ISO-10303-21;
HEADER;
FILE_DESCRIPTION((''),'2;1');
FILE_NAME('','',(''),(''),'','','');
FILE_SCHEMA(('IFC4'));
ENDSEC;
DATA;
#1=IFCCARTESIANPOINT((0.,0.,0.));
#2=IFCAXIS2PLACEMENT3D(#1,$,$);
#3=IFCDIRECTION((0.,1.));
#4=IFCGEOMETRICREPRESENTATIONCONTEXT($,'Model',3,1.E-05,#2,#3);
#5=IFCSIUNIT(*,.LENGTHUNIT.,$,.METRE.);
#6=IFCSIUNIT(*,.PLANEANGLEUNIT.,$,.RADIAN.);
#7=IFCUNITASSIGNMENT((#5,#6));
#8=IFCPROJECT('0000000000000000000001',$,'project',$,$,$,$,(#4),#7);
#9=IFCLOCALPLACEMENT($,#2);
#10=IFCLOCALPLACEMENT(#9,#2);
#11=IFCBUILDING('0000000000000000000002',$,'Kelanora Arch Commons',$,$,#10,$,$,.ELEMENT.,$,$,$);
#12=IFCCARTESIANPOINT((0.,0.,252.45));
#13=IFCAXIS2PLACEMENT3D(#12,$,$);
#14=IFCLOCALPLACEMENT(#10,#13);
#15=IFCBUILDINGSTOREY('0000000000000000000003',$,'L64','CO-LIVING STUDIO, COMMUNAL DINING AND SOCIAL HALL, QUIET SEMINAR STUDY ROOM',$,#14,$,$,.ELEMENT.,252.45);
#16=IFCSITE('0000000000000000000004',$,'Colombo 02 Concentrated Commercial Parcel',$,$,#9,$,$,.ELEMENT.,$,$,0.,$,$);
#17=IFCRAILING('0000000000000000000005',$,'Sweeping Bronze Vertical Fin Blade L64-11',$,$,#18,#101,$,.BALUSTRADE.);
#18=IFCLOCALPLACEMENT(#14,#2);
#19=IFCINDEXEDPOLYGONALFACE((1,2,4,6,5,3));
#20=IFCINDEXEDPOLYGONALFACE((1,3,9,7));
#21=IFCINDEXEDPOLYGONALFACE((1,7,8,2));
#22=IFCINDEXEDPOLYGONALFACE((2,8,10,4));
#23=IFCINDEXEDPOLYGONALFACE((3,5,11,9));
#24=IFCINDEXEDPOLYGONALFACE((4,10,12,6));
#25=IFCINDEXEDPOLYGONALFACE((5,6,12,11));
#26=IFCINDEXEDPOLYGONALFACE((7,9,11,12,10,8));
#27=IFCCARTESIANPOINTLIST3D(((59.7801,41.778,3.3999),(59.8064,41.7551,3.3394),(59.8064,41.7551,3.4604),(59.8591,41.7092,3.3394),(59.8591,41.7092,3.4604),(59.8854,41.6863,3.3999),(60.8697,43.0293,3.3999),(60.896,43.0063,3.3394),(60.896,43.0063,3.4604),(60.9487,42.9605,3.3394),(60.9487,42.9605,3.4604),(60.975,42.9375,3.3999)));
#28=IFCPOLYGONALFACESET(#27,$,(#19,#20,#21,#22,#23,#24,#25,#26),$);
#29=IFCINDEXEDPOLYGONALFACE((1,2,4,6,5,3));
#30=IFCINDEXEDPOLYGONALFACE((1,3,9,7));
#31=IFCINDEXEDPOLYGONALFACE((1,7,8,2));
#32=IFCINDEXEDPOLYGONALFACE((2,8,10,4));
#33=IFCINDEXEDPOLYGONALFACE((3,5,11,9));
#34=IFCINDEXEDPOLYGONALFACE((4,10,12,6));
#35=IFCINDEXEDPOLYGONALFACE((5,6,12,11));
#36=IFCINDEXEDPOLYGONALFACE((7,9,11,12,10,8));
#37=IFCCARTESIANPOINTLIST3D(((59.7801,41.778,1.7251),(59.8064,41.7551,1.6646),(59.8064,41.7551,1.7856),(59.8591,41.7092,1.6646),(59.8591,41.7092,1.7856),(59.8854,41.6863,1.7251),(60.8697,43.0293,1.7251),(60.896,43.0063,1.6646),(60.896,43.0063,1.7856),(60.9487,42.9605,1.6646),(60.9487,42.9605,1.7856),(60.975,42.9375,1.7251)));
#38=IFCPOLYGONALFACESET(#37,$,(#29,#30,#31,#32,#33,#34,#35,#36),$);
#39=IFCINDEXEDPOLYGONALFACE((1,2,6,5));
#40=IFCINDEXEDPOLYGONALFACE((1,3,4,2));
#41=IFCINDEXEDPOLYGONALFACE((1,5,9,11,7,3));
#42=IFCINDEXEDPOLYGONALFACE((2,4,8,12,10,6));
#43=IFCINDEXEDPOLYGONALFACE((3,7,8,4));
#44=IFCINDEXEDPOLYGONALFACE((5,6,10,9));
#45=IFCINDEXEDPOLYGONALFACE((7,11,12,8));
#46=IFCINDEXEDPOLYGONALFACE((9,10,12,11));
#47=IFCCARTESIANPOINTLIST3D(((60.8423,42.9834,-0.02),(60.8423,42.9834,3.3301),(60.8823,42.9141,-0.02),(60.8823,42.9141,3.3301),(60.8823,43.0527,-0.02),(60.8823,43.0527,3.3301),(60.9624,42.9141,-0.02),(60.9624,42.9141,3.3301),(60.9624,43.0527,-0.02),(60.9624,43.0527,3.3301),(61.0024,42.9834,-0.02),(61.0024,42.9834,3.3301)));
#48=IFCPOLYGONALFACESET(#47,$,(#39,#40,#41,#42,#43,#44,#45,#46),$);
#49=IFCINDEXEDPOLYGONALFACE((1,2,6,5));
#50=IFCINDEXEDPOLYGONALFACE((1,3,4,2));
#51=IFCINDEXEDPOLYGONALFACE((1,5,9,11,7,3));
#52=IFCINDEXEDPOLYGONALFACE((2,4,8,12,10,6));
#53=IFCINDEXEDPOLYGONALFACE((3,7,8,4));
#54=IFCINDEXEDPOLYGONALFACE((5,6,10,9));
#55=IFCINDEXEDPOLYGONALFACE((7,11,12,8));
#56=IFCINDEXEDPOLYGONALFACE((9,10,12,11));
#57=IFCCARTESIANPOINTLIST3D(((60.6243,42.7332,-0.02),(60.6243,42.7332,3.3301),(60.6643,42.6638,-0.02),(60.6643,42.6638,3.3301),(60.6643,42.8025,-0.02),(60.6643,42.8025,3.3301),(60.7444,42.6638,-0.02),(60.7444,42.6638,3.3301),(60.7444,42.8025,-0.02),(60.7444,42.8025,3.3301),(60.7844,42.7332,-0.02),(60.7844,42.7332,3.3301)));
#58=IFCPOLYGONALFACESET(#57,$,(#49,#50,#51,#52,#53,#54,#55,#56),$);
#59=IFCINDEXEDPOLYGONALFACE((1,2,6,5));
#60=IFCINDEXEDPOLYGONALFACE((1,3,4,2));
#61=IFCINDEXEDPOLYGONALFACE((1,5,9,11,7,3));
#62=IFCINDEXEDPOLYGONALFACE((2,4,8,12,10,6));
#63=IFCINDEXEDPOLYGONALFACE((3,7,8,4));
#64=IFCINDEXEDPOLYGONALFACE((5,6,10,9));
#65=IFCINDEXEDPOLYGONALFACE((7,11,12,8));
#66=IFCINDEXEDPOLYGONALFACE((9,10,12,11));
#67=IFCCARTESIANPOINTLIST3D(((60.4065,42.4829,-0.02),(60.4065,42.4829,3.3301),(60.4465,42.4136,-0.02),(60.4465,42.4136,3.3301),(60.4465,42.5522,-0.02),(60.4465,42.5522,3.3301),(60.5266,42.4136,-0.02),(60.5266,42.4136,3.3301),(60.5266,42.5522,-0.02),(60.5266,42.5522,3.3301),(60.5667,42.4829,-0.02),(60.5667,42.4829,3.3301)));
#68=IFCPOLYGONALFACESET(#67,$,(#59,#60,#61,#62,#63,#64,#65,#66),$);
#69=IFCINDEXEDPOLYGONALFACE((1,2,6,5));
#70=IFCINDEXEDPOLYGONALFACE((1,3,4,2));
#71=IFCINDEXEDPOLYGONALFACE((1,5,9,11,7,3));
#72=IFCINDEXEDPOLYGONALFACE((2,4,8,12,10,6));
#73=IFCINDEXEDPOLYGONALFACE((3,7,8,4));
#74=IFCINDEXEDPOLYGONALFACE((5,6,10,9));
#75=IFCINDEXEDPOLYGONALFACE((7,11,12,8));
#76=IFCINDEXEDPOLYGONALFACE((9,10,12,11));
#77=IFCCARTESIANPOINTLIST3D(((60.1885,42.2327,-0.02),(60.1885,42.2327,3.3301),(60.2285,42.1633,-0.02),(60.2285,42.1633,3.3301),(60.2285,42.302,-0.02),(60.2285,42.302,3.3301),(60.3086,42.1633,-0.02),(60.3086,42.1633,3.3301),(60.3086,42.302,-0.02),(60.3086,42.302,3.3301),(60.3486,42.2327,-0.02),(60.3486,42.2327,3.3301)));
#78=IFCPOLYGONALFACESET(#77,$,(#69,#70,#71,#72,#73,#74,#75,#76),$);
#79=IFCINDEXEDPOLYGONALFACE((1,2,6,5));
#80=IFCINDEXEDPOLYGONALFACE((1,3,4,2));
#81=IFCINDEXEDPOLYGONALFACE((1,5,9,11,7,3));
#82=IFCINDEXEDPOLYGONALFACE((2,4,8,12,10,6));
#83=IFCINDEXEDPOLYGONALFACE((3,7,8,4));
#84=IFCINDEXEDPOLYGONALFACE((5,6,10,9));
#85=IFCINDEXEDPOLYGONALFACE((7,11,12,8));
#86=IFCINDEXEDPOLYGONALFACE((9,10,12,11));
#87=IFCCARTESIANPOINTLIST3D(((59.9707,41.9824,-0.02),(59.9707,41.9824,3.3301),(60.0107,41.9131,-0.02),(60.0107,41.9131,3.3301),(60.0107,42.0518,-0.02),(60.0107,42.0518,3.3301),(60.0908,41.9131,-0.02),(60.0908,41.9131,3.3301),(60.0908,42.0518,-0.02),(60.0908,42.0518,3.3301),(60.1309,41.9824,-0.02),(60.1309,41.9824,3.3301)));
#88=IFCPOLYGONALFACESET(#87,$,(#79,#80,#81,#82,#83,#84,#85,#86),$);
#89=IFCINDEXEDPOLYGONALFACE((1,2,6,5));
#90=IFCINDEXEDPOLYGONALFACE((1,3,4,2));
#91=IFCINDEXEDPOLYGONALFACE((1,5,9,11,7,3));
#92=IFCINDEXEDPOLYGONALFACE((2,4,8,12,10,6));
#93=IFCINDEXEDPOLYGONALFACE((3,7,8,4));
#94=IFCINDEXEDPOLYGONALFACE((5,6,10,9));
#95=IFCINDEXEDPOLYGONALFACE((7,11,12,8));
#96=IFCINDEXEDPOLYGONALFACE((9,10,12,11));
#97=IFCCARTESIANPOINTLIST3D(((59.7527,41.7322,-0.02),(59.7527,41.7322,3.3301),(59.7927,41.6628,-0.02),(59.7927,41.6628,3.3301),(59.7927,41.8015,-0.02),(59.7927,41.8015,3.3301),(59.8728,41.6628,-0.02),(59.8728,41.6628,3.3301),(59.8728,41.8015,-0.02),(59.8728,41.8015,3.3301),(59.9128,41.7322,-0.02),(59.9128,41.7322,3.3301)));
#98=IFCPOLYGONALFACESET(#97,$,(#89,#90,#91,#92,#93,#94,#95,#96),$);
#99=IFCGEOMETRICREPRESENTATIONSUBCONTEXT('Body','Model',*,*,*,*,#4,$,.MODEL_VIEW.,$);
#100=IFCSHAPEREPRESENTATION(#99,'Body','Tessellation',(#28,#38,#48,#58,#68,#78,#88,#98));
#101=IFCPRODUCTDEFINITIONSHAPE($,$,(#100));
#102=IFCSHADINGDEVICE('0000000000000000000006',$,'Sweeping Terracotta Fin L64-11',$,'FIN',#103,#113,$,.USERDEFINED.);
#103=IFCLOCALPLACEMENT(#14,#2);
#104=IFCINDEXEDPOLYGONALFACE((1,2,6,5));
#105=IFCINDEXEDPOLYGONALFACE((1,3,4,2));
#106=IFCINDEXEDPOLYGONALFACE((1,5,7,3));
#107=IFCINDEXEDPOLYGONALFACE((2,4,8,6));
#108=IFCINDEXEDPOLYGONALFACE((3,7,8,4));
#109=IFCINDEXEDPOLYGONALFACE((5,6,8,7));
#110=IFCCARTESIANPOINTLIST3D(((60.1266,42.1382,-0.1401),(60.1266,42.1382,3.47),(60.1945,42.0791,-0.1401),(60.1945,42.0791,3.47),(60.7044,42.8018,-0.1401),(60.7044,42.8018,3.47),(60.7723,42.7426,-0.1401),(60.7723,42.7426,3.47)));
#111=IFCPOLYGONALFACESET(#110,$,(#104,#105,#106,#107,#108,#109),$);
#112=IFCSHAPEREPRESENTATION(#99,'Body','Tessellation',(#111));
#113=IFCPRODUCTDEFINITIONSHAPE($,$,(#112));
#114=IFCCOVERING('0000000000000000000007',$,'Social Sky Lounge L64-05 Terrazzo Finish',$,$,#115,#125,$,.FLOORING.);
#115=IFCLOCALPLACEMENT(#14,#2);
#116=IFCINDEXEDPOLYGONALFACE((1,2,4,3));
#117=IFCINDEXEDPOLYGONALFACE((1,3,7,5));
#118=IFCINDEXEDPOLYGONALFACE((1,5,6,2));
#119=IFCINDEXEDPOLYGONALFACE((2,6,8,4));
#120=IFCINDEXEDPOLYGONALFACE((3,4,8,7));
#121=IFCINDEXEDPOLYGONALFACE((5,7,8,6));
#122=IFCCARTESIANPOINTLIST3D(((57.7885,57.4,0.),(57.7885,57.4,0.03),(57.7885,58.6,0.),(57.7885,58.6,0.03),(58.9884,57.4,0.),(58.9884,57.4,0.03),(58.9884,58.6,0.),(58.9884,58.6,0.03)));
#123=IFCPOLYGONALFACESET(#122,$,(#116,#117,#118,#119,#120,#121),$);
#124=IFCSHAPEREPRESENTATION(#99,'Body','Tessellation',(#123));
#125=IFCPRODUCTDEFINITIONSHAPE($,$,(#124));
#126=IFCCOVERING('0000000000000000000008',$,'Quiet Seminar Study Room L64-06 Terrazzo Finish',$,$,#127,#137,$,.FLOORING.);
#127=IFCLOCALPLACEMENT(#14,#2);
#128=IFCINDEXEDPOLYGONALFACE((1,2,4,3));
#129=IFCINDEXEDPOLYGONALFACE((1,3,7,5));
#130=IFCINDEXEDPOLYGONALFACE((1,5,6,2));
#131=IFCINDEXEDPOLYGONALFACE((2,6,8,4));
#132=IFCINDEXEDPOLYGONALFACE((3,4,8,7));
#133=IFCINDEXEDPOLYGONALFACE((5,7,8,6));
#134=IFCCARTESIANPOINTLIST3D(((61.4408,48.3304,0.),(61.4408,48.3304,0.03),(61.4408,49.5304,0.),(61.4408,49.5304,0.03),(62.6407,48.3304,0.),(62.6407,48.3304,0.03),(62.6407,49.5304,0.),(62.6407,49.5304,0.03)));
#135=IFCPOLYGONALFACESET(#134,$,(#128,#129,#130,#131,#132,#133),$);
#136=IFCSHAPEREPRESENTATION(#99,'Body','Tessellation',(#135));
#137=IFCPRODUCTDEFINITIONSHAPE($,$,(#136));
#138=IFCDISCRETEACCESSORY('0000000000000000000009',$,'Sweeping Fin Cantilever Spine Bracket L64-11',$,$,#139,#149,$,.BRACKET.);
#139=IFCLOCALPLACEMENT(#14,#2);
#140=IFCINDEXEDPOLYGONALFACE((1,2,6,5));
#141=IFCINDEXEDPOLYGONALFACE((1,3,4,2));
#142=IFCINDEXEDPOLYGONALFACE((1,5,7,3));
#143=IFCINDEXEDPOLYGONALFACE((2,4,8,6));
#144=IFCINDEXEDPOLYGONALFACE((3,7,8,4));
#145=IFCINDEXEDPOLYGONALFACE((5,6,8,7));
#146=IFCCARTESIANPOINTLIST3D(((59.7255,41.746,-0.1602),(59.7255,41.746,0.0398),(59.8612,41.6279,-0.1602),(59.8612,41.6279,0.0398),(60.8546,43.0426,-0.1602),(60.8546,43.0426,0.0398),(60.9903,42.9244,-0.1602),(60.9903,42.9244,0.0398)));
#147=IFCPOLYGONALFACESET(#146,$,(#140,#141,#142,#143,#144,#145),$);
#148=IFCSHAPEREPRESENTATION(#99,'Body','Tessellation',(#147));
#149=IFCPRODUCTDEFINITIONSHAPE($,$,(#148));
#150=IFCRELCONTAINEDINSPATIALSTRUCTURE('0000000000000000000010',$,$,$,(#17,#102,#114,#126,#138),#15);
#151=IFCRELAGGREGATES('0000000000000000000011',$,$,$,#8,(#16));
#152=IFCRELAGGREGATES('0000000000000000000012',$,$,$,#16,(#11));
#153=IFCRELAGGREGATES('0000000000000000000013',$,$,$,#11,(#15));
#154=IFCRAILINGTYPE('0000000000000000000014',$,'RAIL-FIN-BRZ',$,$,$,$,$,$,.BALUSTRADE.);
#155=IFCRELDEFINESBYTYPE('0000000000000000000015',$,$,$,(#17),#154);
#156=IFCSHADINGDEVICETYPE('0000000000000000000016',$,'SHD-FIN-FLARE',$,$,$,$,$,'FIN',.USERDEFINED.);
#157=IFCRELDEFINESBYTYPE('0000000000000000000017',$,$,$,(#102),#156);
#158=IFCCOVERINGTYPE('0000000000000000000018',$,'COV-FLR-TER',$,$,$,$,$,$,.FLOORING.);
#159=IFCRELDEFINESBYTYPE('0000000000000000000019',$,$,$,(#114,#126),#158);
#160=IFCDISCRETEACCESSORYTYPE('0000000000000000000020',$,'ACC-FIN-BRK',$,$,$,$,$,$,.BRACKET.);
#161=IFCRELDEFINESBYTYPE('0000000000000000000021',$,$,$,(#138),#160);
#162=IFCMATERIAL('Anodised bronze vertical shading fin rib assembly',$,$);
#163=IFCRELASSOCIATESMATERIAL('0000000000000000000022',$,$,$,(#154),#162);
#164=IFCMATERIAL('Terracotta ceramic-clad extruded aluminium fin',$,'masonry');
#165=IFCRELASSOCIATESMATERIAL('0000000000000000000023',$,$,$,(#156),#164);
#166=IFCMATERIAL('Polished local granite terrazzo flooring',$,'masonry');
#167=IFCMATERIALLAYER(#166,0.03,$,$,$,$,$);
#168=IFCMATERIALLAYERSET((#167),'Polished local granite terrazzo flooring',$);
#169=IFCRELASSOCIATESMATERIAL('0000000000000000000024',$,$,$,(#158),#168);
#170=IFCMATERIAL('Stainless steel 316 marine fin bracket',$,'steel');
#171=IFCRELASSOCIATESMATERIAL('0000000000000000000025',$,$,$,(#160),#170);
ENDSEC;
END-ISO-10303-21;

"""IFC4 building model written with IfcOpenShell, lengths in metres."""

from ifc_helpers import new_model, si_unit, direction, frame, origin, origin_2d, place, context, subcontext, project, spatial, polyline, rectangle, outline, extrude, source, transform, mapped, material, layer, layer_set, type_object, element, save


model = new_model("IFC4")

# Units and contexts
model_context = context("Model", 3, precision=1e-05, world=origin(), true_north=direction((0.0, 1.0)))
body_context = subcontext(model_context, "Body", "Model", "MODEL_VIEW")
ifc_project = project(units=[si_unit("LENGTHUNIT", "METRE"), si_unit("PLANEANGLEUNIT", "RADIAN")], contexts=[model_context])

# Site, building, storey
site_placement = place(None, origin())
site = spatial("IfcSite", under=ifc_project, at=site_placement, Name="Colombo 02 Concentrated Commercial Parcel", CompositionType="ELEMENT", RefElevation=0.0)
building_placement = place(site_placement, origin())
building = spatial("IfcBuilding", under=site, at=building_placement, Name="Kelanora Arch Commons", CompositionType="ELEMENT")
storey_placement = place(building_placement, frame((0.0, 0.0, 252.45)))
storey = spatial("IfcBuildingStorey", under=building, at=storey_placement, Name="L64", Description="CO-LIVING STUDIO, COMMUNAL DINING AND SOCIAL HALL, QUIET SEMINAR STUDY ROOM", CompositionType="ELEMENT", Elevation=252.45)

# Railing
ifc_material_1 = material(Name="Anodised bronze vertical shading fin rib assembly")
railing_type = type_object("IfcRailingType", Name="RAIL-FIN-BRZ", PredefinedType="BALUSTRADE", material=ifc_material_1)
railing_placement = place(storey_placement, frame((60.9224, 42.9834, -0.02)))
element("IfcRailing", 1, at=railing_placement, inside=storey, type_object=railing_type, Name="Sweeping Bronze Vertical Fin Blade L64-11", PredefinedType="BALUSTRADE", context=body_context, shape_type="SweptSolid", body=[
    extrude(outline(polyline([(0.0698, 0.0), (0.0349, 0.0605), (-0.0349, 0.0605), (-0.0698, 0.0), (-0.0349, -0.0605), (0.0349, -0.0605), (0.0698, 0.0)])), frame((0.0, 0.0, 3.4199), z_axis=(-0.656721, -0.754133, 0.0), x_axis=(0.754133, -0.656721, 0.0)), (0.0, 0.0, 1.0), 1.6592),
    extrude(outline(polyline([(0.0698, 0.0), (0.0349, 0.0605), (-0.0349, 0.0605), (-0.0698, 0.0), (-0.0349, -0.0605), (0.0349, -0.0605), (0.0698, 0.0)])), frame((0.0, 0.0, 1.7451), z_axis=(-0.656721, -0.754133, 0.0), x_axis=(0.754133, -0.656721, 0.0)), (0.0, 0.0, 1.0), 1.6592),
    extrude(outline(polyline([(0.0801, 0.0), (0.04, 0.0693), (-0.04, 0.0693), (-0.0801, 0.0), (-0.04, -0.0693), (0.04, -0.0693), (0.0801, 0.0)])), origin(), (0.0, 0.0, 1.0), 3.3501),
    extrude(outline(polyline([(0.0801, 0.0), (0.04, 0.0693), (-0.04, 0.0693), (-0.0801, 0.0), (-0.04, -0.0693), (0.04, -0.0693), (0.0801, 0.0)])), frame((-0.218, -0.2502, 0.0)), (0.0, 0.0, 1.0), 3.3501),
    extrude(outline(polyline([(0.0801, 0.0), (0.04, 0.0693), (-0.04, 0.0693), (-0.0801, 0.0), (-0.04, -0.0693), (0.04, -0.0693), (0.0801, 0.0)])), frame((-0.4358, -0.5005, 0.0)), (0.0, 0.0, 1.0), 3.3501),
    extrude(outline(polyline([(0.0801, 0.0), (0.04, 0.0693), (-0.04, 0.0693), (-0.0801, 0.0), (-0.04, -0.0693), (0.04, -0.0693), (0.0801, 0.0)])), frame((-0.6538, -0.7507, 0.0)), (0.0, 0.0, 1.0), 3.3501),
    extrude(outline(polyline([(0.0801, 0.0), (0.04, 0.0693), (-0.04, 0.0693), (-0.0801, 0.0), (-0.04, -0.0693), (0.04, -0.0693), (0.0801, 0.0)])), frame((-0.8716, -1.001, 0.0)), (0.0, 0.0, 1.0), 3.3501),
    extrude(outline(polyline([(0.0801, 0.0), (0.04, 0.0693), (-0.04, 0.0693), (-0.0801, 0.0), (-0.04, -0.0693), (0.04, -0.0693), (0.0801, 0.0)])), frame((-1.0896, -1.2512, 0.0)), (0.0, 0.0, 1.0), 3.3501),
])

# Shading device
ifc_material_2 = material(Name="Terracotta ceramic-clad extruded aluminium fin", Category="masonry")
shading_device_type = type_object("IfcShadingDeviceType", Name="SHD-FIN-FLARE", ElementType="FIN", PredefinedType="USERDEFINED", material=ifc_material_2)
shared_shape_1 = source(origin(), body_context, "Body", "SweptSolid", [
    extrude(rectangle(XDim=0.8799, YDim=0.0901, at=origin_2d()), origin(), (0.0, 0.0, 1.0), 3.6101),
])
shading_device_placement = place(storey_placement, frame((60.4495, 42.4404, -0.1401), z_axis=(0.0, 0.0, 1.0), x_axis=(-0.656717, -0.754137, 0.0)))
element("IfcShadingDevice", 2, at=shading_device_placement, inside=storey, type_object=shading_device_type, Name="Sweeping Terracotta Fin L64-11", ObjectType="FIN", PredefinedType="USERDEFINED", context=body_context, shape_type="MappedRepresentation", body=[
    mapped(shared_shape_1, transform((0.0, 0.0, 0.0), scale=1.0)),
])

# Coverings
ifc_material_3 = material(Name="Polished local granite terrazzo flooring", Category="masonry")
ifc_layer_1 = layer(ifc_material_3, 0.03)
ifc_layer_set_1 = layer_set([ifc_layer_1], Name="Polished local granite terrazzo flooring")
covering_type = type_object("IfcCoveringType", Name="COV-FLR-TER", PredefinedType="FLOORING", material=ifc_layer_set_1)
shared_shape_2 = source(origin(), body_context, "Body", "SweptSolid", [
    extrude(rectangle(XDim=1.2, YDim=1.2, at=origin_2d()), origin(), (0.0, 0.0, 1.0), 0.03),
])
for number, where, z_axis, x_axis, name in (
    (3, (58.3884, 58.0, 0.0), (0.0, 0.0, 1.0), (1.0, 0.0, 0.0), "Social Sky Lounge L64-05 Terrazzo Finish"),
    (4, (62.0408, 48.9304, 0.0), (0.0, 0.0, 1.0), (1.0, 0.0, 0.0), "Quiet Seminar Study Room L64-06 Terrazzo Finish"),
):
    element("IfcCovering", number, at=place(storey_placement, frame(where, z_axis=z_axis, x_axis=x_axis)), inside=storey, type_object=covering_type, Name=name, PredefinedType="FLOORING", context=body_context, shape_type="MappedRepresentation", body=[
        mapped(shared_shape_2, transform((0.0, 0.0, 0.0), scale=1.0)),
    ])

# Discrete accessory
ifc_material_4 = material(Name="Stainless steel 316 marine fin bracket", Category="steel")
discrete_accessory_type = type_object("IfcDiscreteAccessoryType", Name="ACC-FIN-BRK", PredefinedType="BRACKET", material=ifc_material_4)
shared_shape_3 = source(origin(), body_context, "Body", "SweptSolid", [
    extrude(rectangle(XDim=1.7192, YDim=0.1799, at=origin_2d()), origin(), (0.0, 0.0, 1.0), 0.2),
])
discrete_accessory_placement = place(storey_placement, frame((60.3579, 42.3352, -0.1602), z_axis=(0.0, 0.0, 1.0), x_axis=(-0.656717, -0.754137, 0.0)))
element("IfcDiscreteAccessory", 5, at=discrete_accessory_placement, inside=storey, type_object=discrete_accessory_type, Name="Sweeping Fin Cantilever Spine Bracket L64-11", PredefinedType="BRACKET", context=body_context, shape_type="MappedRepresentation", body=[
    mapped(shared_shape_3, transform((0.0, 0.0, 0.0), scale=1.0)),
])

save(model, "model.ifc")
